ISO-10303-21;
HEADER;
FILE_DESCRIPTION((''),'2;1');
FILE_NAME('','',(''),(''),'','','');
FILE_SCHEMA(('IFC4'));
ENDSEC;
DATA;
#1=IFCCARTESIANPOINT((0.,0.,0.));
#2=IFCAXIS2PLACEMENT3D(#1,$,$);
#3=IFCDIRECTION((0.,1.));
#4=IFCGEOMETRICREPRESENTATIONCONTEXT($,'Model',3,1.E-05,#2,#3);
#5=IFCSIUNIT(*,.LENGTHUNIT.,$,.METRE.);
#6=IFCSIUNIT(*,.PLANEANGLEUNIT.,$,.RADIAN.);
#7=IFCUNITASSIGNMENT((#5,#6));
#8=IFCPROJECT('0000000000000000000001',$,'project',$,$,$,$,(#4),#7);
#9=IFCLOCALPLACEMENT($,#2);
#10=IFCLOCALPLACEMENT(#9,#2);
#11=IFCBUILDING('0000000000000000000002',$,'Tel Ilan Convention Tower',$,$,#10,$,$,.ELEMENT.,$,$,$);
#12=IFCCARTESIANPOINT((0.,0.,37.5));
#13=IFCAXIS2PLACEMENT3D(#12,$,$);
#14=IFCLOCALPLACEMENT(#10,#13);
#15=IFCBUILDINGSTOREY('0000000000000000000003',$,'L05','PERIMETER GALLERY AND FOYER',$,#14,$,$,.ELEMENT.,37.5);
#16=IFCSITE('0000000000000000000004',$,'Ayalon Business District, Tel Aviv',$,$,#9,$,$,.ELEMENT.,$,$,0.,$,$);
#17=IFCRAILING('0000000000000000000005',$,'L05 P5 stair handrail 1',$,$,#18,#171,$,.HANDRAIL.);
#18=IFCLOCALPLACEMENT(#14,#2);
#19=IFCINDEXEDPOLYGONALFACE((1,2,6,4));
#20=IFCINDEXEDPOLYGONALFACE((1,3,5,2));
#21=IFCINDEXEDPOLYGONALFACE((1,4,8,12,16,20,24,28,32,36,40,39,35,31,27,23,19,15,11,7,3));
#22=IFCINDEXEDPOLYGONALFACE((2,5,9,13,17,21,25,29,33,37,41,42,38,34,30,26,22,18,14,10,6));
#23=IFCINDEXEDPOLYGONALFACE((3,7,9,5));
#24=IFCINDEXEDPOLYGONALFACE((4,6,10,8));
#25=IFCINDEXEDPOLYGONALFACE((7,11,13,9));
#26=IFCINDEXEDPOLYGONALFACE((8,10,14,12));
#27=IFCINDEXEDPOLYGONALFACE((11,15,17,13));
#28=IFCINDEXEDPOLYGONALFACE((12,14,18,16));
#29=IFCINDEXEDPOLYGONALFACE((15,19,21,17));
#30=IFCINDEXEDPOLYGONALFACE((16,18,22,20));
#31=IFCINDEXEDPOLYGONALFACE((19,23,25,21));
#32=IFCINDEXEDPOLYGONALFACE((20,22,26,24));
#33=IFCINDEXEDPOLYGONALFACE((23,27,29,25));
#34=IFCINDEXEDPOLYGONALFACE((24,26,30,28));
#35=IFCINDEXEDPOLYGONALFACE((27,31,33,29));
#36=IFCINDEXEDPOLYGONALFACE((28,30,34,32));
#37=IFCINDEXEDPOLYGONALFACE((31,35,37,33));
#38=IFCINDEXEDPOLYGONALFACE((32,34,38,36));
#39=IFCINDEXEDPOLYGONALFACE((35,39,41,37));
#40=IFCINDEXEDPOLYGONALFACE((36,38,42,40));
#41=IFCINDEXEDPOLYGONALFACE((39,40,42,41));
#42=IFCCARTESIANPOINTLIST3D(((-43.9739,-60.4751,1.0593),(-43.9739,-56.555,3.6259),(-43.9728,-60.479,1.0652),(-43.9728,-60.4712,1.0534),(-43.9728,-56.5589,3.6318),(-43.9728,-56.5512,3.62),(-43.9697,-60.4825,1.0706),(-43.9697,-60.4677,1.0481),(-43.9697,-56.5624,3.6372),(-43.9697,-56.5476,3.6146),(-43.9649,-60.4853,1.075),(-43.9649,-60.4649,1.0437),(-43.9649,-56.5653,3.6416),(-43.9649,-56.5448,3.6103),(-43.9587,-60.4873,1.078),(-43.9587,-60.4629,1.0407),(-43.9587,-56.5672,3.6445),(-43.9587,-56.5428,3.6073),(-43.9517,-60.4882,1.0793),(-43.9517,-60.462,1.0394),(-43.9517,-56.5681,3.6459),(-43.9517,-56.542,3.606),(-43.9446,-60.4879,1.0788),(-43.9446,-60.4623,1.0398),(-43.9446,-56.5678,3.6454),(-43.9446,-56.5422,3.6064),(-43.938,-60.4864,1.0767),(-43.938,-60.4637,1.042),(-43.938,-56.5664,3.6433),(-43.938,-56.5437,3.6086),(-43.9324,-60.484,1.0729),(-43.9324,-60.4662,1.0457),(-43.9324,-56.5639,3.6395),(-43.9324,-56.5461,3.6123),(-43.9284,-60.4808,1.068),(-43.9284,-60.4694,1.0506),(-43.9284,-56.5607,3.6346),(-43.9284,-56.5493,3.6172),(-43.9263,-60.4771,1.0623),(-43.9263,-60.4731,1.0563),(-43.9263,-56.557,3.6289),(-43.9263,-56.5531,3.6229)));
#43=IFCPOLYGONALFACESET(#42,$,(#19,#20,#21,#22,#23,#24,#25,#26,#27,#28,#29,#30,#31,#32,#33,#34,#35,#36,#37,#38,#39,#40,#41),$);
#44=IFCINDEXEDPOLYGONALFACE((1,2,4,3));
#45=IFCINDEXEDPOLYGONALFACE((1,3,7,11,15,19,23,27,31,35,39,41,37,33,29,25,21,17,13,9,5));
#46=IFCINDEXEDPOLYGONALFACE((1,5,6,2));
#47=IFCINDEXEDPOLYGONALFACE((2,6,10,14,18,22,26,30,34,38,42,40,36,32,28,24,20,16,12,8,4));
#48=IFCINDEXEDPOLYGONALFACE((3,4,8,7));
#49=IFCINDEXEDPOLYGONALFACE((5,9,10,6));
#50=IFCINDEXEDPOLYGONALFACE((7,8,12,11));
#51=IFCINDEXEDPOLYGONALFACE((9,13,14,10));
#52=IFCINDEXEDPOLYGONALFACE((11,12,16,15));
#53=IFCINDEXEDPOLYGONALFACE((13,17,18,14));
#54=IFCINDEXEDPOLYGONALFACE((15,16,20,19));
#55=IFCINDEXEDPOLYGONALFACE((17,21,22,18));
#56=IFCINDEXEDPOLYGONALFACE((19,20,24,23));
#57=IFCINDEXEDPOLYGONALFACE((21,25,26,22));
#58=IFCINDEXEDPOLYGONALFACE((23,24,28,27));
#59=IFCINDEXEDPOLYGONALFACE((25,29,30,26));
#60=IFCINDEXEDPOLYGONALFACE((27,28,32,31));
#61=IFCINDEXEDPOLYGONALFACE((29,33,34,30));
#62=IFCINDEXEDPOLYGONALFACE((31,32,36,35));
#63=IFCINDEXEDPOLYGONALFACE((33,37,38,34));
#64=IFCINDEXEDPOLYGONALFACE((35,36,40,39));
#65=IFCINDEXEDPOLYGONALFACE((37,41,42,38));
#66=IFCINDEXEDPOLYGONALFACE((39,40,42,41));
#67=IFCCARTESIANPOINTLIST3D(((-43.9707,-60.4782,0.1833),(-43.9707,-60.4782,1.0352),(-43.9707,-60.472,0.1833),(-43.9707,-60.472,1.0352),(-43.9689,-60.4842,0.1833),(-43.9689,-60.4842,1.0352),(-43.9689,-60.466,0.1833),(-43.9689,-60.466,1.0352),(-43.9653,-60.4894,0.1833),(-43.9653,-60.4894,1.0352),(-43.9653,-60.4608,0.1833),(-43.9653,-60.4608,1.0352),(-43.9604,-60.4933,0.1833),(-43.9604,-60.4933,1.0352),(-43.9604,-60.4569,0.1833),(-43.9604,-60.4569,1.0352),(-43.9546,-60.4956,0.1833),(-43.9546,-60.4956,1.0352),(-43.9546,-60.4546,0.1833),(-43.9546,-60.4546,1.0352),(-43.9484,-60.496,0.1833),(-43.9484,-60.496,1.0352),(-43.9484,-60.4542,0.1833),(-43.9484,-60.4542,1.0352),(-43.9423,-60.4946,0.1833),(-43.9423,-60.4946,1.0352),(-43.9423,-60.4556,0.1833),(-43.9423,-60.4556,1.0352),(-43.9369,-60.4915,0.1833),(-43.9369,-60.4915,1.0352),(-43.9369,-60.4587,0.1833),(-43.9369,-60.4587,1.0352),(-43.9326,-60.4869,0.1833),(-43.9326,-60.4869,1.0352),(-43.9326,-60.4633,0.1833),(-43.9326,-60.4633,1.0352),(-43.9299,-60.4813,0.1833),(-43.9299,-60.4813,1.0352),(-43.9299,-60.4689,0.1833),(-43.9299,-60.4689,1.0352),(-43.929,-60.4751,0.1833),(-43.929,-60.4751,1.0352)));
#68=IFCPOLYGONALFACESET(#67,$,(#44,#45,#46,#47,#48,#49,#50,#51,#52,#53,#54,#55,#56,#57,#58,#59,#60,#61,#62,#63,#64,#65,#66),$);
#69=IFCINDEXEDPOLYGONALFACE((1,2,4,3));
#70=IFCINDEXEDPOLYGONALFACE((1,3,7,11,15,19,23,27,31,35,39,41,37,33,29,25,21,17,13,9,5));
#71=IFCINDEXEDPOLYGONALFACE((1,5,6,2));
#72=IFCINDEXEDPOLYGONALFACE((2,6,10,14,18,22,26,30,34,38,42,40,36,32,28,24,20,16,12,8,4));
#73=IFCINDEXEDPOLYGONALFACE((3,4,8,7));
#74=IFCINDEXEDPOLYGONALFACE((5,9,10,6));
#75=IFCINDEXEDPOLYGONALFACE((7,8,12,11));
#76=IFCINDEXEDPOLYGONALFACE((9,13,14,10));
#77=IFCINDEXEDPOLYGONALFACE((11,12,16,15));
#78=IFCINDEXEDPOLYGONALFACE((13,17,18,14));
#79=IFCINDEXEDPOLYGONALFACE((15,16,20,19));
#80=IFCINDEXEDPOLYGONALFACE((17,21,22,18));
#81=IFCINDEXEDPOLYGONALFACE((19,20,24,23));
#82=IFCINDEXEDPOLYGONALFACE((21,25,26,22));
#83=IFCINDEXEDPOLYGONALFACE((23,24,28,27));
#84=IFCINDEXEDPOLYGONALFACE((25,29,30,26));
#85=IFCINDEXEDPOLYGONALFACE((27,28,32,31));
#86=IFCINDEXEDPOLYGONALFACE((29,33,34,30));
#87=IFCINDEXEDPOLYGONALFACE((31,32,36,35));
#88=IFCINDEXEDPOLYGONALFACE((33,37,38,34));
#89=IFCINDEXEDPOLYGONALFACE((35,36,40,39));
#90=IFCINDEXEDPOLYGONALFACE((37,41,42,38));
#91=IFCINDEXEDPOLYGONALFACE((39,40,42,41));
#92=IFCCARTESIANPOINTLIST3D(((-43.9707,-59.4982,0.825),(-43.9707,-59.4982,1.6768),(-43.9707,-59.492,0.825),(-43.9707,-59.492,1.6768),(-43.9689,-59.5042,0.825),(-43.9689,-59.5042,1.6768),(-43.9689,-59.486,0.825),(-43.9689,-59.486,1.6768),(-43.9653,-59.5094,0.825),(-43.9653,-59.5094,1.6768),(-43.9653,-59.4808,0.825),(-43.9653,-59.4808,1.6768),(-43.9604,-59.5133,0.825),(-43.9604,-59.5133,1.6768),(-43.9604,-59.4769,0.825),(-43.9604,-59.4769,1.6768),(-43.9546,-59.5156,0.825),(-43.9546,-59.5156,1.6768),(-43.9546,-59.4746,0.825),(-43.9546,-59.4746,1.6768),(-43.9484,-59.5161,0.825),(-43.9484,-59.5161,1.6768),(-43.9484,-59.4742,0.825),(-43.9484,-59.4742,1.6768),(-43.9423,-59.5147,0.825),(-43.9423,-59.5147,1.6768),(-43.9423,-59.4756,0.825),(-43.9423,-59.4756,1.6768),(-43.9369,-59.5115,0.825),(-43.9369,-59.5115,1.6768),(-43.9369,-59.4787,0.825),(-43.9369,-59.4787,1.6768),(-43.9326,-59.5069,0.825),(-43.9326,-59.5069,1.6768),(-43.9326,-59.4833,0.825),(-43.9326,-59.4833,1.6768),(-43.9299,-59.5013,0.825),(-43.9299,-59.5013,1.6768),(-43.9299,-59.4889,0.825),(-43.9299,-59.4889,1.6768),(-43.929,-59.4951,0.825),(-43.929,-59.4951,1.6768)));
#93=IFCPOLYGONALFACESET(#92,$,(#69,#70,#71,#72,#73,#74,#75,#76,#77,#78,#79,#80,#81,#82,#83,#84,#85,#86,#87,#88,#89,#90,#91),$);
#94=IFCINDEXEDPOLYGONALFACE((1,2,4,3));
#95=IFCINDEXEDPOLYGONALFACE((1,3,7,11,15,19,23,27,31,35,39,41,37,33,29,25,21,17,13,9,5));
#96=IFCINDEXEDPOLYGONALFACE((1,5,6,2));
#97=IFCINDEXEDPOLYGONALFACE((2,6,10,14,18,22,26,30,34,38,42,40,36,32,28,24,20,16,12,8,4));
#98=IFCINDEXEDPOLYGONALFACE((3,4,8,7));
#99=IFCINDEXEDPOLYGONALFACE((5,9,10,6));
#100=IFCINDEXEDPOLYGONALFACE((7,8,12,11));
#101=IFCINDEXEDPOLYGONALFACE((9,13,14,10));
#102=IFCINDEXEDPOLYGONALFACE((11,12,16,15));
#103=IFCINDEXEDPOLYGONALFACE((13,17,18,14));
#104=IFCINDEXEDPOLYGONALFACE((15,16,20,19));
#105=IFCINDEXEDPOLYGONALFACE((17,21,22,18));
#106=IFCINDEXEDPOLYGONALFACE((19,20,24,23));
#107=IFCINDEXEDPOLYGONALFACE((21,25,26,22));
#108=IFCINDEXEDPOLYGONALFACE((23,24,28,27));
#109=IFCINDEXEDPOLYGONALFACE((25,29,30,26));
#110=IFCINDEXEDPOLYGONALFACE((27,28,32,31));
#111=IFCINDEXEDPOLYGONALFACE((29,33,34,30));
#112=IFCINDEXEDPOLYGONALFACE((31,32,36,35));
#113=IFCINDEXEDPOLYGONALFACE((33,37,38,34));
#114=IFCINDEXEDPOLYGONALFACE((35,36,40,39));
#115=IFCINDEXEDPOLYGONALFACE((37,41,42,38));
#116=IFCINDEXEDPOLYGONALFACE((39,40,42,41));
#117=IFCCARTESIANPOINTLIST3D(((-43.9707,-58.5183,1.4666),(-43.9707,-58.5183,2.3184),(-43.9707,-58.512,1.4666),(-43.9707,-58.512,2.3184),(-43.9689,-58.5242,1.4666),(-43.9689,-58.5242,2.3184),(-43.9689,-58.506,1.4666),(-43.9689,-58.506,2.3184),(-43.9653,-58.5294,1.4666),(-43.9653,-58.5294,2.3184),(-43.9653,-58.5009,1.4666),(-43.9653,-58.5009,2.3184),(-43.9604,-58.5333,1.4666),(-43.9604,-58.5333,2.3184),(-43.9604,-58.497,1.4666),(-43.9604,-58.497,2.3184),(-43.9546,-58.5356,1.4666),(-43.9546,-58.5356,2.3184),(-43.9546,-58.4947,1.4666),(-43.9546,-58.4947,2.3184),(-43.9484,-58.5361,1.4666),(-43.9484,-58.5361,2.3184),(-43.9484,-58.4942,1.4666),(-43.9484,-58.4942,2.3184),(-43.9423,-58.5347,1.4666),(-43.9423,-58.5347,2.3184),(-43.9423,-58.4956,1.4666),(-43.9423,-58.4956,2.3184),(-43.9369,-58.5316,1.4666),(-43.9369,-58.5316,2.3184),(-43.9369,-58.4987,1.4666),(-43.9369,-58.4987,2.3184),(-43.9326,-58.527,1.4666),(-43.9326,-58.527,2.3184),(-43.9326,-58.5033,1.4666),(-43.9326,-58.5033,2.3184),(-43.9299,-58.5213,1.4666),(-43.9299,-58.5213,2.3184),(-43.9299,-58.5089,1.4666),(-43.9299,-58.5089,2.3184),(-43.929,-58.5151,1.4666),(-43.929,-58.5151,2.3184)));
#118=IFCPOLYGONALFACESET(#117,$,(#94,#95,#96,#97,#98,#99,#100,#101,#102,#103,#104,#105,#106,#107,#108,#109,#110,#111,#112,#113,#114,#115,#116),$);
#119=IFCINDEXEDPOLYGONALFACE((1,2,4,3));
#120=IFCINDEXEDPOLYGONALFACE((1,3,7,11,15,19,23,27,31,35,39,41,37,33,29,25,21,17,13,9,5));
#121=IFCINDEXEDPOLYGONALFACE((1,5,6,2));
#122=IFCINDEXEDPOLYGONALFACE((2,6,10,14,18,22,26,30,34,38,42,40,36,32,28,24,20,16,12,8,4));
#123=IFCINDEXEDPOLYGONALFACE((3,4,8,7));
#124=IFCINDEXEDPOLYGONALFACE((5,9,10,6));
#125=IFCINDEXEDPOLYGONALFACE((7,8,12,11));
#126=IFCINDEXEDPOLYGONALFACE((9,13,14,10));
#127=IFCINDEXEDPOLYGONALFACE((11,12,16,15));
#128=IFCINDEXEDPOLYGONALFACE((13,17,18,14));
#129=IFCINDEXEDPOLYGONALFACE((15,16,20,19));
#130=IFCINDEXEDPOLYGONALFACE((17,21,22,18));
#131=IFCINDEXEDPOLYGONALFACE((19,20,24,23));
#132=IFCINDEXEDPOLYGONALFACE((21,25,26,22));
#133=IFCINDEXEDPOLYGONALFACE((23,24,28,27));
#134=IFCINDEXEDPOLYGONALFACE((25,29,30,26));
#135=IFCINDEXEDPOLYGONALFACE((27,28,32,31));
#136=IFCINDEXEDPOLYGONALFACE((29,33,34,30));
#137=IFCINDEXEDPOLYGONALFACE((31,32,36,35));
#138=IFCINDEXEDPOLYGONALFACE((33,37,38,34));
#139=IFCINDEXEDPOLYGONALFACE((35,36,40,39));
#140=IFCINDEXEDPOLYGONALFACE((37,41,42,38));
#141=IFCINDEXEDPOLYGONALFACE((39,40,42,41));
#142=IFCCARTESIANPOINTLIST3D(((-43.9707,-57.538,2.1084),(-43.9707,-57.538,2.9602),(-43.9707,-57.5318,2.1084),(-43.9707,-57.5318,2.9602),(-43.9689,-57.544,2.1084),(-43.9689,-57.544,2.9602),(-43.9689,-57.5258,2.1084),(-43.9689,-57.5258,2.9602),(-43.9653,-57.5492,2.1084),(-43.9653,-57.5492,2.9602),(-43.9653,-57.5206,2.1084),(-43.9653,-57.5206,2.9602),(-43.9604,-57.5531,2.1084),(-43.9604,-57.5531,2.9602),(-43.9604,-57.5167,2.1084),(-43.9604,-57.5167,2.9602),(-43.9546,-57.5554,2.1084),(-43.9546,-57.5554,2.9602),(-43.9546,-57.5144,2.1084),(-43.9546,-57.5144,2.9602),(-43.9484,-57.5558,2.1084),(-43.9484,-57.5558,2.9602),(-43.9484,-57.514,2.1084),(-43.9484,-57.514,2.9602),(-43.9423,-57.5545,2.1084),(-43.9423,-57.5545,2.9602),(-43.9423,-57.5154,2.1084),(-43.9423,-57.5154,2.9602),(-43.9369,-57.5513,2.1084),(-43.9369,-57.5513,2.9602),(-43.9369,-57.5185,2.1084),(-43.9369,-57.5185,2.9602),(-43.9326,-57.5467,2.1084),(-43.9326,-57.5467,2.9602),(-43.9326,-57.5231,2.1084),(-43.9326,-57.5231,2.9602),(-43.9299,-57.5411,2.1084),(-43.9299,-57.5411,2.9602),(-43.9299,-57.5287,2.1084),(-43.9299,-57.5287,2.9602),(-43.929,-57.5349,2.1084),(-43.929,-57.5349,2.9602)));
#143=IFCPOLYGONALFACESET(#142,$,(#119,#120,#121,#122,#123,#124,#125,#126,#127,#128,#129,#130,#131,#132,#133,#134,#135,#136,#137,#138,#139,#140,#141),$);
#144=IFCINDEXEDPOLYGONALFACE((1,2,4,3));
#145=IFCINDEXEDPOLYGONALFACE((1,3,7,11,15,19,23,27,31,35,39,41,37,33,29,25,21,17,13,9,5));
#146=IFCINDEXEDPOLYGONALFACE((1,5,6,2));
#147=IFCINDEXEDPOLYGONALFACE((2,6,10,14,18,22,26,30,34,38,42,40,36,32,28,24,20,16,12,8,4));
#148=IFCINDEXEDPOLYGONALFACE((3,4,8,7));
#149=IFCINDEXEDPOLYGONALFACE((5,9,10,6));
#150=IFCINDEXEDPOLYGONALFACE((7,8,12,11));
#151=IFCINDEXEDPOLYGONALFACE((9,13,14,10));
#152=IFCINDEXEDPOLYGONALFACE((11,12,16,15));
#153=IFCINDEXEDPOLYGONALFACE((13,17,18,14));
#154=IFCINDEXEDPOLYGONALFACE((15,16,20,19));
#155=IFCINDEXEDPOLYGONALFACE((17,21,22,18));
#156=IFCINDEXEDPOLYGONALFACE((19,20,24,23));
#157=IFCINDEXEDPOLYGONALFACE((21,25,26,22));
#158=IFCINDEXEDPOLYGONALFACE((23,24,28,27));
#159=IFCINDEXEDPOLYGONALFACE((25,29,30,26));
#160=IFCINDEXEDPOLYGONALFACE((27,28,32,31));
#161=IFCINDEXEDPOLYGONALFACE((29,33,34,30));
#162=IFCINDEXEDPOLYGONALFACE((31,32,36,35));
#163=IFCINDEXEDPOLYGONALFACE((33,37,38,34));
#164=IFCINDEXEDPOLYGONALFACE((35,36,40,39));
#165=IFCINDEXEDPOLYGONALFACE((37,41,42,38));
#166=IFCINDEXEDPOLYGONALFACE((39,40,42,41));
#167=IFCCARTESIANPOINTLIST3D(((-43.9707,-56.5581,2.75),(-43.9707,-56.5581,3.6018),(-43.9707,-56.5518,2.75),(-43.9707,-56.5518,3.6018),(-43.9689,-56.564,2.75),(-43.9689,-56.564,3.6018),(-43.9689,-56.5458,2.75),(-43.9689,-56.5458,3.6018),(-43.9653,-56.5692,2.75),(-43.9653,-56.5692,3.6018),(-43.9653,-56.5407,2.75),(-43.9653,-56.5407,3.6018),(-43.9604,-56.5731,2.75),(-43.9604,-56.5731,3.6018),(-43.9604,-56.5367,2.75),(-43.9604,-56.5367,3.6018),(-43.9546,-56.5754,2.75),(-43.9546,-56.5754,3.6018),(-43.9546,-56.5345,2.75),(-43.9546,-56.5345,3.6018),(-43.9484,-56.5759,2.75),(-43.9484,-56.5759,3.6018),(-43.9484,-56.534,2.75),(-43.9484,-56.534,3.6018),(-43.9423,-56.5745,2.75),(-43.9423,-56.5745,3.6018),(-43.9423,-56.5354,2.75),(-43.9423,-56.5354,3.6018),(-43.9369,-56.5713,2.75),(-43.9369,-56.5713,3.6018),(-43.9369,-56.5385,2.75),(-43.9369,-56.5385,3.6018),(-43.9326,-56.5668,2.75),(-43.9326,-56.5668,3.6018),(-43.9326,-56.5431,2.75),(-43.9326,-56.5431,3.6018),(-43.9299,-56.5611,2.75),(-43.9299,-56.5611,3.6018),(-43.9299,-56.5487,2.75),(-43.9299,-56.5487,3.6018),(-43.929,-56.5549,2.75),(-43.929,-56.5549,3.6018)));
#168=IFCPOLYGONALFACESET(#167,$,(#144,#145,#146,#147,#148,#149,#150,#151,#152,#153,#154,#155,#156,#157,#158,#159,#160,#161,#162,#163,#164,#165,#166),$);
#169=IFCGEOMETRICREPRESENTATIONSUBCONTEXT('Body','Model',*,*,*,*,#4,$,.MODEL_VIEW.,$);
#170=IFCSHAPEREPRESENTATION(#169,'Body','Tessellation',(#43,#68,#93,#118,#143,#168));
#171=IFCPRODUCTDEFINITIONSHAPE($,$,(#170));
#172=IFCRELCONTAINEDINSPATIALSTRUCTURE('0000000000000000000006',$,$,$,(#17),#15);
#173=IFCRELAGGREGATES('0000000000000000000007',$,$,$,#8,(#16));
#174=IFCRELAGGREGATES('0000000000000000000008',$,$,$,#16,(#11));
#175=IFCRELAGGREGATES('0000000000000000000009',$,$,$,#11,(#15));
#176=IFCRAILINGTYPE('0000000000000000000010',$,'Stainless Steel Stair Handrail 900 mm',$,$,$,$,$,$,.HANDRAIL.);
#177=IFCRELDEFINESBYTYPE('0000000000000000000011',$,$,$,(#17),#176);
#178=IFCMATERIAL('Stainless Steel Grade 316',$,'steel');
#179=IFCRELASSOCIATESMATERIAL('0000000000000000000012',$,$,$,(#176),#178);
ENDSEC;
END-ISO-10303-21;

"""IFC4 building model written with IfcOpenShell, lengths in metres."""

from ifc_helpers import new_model, si_unit, direction, frame, origin, origin_2d, place, context, subcontext, project, spatial, circle, extrude, material, type_object, element, save


model = new_model("IFC4")

# Units and contexts
model_context = context("Model", 3, precision=1e-05, world=origin(), true_north=direction((0.0, 1.0)))
body_context = subcontext(model_context, "Body", "Model", "MODEL_VIEW")
ifc_project = project(units=[si_unit("LENGTHUNIT", "METRE"), si_unit("PLANEANGLEUNIT", "RADIAN")], contexts=[model_context])

# Site, building, storey
site_placement = place(None, origin())
site = spatial("IfcSite", under=ifc_project, at=site_placement, Name="Ayalon Business District, Tel Aviv", CompositionType="ELEMENT", RefElevation=0.0)
building_placement = place(site_placement, origin())
building = spatial("IfcBuilding", under=site, at=building_placement, Name="Tel Ilan Convention Tower", CompositionType="ELEMENT")
storey_placement = place(building_placement, frame((0.0, 0.0, 37.5)))
storey = spatial("IfcBuildingStorey", under=building, at=storey_placement, Name="L05", Description="PERIMETER GALLERY AND FOYER", CompositionType="ELEMENT", Elevation=37.5)

# Railing
ifc_material_1 = material(Name="Stainless Steel Grade 316", Category="steel")
railing_type_1 = type_object("IfcRailingType", Name="Stainless Steel Stair Handrail 900 mm", PredefinedType="HANDRAIL", material=ifc_material_1)
railing_1_placement = place(storey_placement, frame((-43.95, -60.4751, 0.1833)))
element("IfcRailing", 1, at=railing_1_placement, inside=storey, type_object=railing_type_1, Name="L05 P5 stair handrail 1", PredefinedType="HANDRAIL", context=body_context, shape_type="SweptSolid", body=[
    extrude(circle(Radius=0.0239, at=origin_2d()), frame((0.0, 0.0, 0.876), z_axis=(0.0, 0.836631, 0.547767), x_axis=(-1.0, 0.0, 0.0)), (0.0, 0.0, 1.0), 4.6855),
    extrude(circle(Radius=0.021, at=origin_2d()), origin(), (0.0, 0.0, 1.0), 0.8518),
    extrude(circle(Radius=0.021, at=origin_2d()), frame((0.0, 0.98, 0.6416)), (0.0, 0.0, 1.0), 0.8518),
    extrude(circle(Radius=0.021, at=origin_2d()), frame((0.0, 1.96, 1.2832)), (0.0, 0.0, 1.0), 0.8518),
    extrude(circle(Radius=0.021, at=origin_2d()), frame((0.0, 2.9402, 1.925)), (0.0, 0.0, 1.0), 0.8518),
    extrude(circle(Radius=0.021, at=origin_2d()), frame((0.0, 3.9202, 2.5667)), (0.0, 0.0, 1.0), 0.8518),
])

save(model, "model.ifc")
